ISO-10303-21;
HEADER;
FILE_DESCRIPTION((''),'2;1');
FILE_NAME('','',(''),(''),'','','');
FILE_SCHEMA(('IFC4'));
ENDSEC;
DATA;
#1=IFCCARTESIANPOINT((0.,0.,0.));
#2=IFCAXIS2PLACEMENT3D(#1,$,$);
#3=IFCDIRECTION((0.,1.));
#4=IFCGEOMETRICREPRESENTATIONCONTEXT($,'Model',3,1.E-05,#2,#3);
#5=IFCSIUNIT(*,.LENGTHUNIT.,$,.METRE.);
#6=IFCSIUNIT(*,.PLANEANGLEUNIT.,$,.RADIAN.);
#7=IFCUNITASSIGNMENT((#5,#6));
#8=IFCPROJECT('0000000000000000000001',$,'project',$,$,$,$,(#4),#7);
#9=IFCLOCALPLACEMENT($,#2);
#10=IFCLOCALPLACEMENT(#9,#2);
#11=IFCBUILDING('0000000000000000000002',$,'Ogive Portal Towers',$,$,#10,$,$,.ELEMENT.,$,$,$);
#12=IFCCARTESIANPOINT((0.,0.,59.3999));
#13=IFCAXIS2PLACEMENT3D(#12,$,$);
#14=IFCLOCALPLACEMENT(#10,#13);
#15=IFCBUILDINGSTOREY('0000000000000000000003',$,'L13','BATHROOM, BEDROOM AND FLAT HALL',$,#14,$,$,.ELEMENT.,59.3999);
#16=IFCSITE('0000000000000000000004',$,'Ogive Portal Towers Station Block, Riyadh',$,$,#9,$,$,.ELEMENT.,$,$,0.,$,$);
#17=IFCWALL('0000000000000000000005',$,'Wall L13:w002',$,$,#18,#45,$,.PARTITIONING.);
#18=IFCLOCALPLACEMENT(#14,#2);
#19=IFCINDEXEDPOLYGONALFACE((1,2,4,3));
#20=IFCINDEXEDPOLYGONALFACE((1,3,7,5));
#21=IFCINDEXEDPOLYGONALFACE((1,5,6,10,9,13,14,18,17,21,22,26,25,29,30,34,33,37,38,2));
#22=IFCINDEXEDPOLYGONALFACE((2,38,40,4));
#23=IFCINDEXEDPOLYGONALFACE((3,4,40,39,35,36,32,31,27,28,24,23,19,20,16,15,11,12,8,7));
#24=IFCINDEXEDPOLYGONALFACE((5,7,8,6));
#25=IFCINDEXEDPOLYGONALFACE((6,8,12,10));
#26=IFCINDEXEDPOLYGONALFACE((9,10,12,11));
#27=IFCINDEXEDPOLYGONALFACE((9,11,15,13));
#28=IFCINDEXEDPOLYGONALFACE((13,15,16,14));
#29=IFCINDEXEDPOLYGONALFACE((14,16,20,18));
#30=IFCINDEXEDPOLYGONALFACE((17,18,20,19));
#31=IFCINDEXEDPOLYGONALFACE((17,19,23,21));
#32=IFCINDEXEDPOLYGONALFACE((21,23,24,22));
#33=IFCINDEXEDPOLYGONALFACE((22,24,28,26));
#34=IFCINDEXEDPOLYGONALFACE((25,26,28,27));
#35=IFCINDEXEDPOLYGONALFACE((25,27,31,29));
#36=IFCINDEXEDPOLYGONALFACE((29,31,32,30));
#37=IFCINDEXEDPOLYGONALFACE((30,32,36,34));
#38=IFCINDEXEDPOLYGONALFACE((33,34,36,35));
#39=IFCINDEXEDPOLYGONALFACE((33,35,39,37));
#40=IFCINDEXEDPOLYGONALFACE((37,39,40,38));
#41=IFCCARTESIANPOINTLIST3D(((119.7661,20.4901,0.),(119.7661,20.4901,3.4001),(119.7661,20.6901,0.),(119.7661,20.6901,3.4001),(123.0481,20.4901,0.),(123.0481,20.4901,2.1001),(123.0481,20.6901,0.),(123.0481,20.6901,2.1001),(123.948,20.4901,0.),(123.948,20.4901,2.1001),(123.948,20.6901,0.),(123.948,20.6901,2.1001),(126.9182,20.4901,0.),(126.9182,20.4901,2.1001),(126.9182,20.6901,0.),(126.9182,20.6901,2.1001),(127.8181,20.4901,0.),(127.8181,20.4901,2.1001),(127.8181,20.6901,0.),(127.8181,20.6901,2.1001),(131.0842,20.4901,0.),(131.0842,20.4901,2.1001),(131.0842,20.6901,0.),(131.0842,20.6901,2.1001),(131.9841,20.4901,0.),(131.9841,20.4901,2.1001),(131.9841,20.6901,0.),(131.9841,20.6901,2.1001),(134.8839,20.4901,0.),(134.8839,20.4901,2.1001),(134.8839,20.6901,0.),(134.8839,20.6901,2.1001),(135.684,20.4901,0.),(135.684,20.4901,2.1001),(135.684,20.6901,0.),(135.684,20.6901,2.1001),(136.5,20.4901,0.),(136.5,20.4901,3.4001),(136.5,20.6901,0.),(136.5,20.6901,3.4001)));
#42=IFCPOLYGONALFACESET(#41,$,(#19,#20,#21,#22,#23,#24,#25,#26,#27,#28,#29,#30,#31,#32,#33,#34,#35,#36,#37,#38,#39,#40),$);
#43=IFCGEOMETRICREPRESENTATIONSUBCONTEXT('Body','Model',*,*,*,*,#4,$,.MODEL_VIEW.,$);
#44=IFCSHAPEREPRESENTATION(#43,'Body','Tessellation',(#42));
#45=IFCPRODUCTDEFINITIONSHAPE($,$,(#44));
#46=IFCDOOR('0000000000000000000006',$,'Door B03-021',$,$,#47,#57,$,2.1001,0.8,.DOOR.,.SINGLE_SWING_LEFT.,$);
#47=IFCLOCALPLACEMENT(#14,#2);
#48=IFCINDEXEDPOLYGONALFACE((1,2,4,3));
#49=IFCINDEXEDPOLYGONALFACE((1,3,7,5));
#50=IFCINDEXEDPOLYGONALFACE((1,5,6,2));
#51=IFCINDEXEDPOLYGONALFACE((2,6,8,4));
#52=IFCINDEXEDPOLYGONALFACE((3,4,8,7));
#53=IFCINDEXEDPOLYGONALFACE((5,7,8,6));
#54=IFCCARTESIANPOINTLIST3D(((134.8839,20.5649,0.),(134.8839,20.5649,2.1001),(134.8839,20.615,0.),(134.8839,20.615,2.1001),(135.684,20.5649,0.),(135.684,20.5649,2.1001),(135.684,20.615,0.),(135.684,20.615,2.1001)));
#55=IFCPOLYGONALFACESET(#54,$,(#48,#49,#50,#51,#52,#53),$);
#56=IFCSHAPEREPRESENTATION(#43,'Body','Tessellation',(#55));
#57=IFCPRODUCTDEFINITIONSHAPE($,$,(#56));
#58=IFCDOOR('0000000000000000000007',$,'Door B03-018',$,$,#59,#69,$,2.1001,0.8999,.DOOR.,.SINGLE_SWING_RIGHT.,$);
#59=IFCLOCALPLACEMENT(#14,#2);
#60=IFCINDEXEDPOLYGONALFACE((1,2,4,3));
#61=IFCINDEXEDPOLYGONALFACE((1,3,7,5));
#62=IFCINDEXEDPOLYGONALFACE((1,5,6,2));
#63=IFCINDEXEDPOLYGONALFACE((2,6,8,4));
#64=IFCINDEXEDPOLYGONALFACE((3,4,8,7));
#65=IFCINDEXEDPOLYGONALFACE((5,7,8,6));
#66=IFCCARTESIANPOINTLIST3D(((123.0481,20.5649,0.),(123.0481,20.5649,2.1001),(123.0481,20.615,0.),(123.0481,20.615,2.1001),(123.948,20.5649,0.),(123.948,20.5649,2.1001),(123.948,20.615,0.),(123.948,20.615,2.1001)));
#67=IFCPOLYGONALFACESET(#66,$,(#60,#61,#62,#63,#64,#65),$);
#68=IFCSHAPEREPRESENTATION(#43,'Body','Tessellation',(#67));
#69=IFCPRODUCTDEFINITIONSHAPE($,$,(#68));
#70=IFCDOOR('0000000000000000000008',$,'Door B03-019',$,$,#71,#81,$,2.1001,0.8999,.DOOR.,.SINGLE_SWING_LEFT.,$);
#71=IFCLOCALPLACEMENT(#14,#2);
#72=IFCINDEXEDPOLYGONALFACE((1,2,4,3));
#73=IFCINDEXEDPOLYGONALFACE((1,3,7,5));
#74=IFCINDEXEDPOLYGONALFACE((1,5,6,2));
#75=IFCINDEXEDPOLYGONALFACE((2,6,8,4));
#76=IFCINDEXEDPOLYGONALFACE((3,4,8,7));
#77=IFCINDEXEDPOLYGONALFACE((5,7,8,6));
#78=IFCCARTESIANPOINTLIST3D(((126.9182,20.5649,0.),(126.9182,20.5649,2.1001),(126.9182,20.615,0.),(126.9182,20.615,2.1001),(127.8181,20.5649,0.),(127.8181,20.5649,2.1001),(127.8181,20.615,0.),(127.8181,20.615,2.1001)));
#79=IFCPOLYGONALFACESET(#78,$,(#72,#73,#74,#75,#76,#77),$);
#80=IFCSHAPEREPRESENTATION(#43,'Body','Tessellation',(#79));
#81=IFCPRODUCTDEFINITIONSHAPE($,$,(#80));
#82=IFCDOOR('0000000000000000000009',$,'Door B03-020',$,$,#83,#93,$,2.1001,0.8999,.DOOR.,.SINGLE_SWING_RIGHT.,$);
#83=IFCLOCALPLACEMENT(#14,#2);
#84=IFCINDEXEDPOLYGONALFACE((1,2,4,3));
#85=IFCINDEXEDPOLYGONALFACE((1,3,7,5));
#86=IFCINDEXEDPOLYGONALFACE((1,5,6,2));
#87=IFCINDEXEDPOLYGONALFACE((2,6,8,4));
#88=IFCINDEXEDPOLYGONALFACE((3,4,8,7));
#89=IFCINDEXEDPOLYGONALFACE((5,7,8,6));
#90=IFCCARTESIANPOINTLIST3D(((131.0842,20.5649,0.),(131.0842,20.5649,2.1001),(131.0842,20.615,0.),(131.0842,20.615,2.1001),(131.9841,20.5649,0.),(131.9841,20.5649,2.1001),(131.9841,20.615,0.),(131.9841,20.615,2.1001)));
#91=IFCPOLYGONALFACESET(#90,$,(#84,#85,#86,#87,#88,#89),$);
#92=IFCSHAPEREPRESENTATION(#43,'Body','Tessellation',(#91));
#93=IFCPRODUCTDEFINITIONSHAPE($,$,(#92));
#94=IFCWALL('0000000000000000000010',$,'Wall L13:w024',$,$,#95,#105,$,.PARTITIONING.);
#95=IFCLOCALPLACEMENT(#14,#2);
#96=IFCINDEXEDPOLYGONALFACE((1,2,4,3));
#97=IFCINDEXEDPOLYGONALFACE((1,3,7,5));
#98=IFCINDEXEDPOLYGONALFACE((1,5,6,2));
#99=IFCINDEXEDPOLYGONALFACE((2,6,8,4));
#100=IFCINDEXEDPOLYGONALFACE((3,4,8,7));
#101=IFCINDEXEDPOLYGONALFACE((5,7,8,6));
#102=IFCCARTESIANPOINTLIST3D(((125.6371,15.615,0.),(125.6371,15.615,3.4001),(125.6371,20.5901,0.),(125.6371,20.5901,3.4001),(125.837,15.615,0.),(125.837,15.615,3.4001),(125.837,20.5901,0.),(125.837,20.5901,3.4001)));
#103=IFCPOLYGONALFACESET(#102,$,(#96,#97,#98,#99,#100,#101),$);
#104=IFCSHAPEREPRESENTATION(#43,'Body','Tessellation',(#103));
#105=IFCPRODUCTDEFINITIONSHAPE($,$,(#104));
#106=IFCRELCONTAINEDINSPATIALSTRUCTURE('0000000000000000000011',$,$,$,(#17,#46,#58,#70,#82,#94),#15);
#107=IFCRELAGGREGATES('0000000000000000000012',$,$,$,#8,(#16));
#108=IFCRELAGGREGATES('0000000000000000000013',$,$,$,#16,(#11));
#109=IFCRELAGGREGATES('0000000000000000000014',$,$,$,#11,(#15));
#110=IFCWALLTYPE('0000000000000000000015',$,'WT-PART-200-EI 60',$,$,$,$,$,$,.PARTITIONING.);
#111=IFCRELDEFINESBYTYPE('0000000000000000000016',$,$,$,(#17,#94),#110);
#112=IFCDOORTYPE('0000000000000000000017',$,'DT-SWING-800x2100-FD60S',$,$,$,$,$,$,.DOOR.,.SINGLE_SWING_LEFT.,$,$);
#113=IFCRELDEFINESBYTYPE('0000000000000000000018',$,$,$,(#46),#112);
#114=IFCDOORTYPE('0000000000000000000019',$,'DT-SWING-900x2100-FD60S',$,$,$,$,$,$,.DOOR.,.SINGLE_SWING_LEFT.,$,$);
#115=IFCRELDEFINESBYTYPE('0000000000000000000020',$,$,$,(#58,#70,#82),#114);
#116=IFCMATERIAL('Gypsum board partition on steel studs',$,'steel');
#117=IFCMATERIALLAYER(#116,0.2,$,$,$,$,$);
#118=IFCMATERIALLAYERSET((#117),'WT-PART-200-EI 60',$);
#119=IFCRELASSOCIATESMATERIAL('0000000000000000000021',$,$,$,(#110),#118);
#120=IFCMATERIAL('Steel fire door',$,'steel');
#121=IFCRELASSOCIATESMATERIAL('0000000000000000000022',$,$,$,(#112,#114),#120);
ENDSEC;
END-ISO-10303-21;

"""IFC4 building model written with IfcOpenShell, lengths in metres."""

from ifc_helpers import new_model, si_unit, direction, frame, frame_2d, origin, place, context, subcontext, project, spatial, rectangle, extrude, material, layer, layer_set, type_object, element, fill, save


model = new_model("IFC4")

# Units and contexts
model_context = context("Model", 3, precision=1e-05, world=origin(), true_north=direction((0.0, 1.0)))
body_context = subcontext(model_context, "Body", "Model", "MODEL_VIEW")
ifc_project = project(units=[si_unit("LENGTHUNIT", "METRE"), si_unit("PLANEANGLEUNIT", "RADIAN")], contexts=[model_context])

# Site, building, storey
site_placement = place(None, origin())
site = spatial("IfcSite", under=ifc_project, at=site_placement, Name="Ogive Portal Towers Station Block, Riyadh", CompositionType="ELEMENT", RefElevation=0.0)
building_placement = place(site_placement, origin())
building = spatial("IfcBuilding", under=site, at=building_placement, Name="Ogive Portal Towers", CompositionType="ELEMENT")
storey_placement = place(building_placement, frame((0.0, 0.0, 59.3999)))
storey = spatial("IfcBuildingStorey", under=building, at=storey_placement, Name="L13", Description="BATHROOM, BEDROOM AND FLAT HALL", CompositionType="ELEMENT", Elevation=59.3999)

# Wall, openings, doors
ifc_material_1 = material(Name="Steel fire door", Category="steel")
ifc_material_2 = material(Name="Gypsum board partition on steel studs", Category="steel")
ifc_layer_1 = layer(ifc_material_2, 0.2)
ifc_layer_set_1 = layer_set([ifc_layer_1], Name="WT-PART-200-EI 60")
wall_type_1 = type_object("IfcWallType", Name="WT-PART-200-EI 60", PredefinedType="PARTITIONING", material=ifc_layer_set_1)
wall_1_placement = place(storey_placement, frame((119.7661, 20.5901, 0.0), z_axis=(0.0, 0.0, 1.0), x_axis=(1.0, 0.0, 0.0)))
wall_1 = element("IfcWall", 1, at=wall_1_placement, inside=storey, type_object=wall_type_1, Name="Wall L13:w002", PredefinedType="PARTITIONING", context=body_context, shape_type="SweptSolid", body=[
    extrude(rectangle(XDim=16.7339, YDim=0.2, at=frame_2d((8.3669, 0.0))), origin(), (0.0, 0.0, 1.0), 3.4001),
])
opening_1_placement = place(wall_1_placement, frame((3.282, 0.0, 0.0)))
opening_1 = element("IfcOpeningElement", 2, at=opening_1_placement, cuts=wall_1, PredefinedType="OPENING", context=body_context, shape_type="SweptSolid", body=[
    extrude(rectangle(XDim=0.8999, YDim=2.1001, at=frame_2d((0.45, 1.05))), frame((0.0, 0.1099, 0.0), z_axis=(0.0, -1.0, 0.0), x_axis=(1.0, 0.0, 0.0)), (0.0, 0.0, 1.0), 0.22),
])
opening_2_placement = place(wall_1_placement, frame((7.1521, 0.0, 0.0)))
opening_2 = element("IfcOpeningElement", 3, at=opening_2_placement, cuts=wall_1, PredefinedType="OPENING", context=body_context, shape_type="SweptSolid", body=[
    extrude(rectangle(XDim=0.8999, YDim=2.1001, at=frame_2d((0.45, 1.05))), frame((0.0, 0.1099, 0.0), z_axis=(0.0, -1.0, 0.0), x_axis=(1.0, 0.0, 0.0)), (0.0, 0.0, 1.0), 0.22),
])
opening_3_placement = place(wall_1_placement, frame((11.3181, 0.0, 0.0)))
opening_3 = element("IfcOpeningElement", 4, at=opening_3_placement, cuts=wall_1, PredefinedType="OPENING", context=body_context, shape_type="SweptSolid", body=[
    extrude(rectangle(XDim=0.8999, YDim=2.1001, at=frame_2d((0.45, 1.05))), frame((0.0, 0.1099, 0.0), z_axis=(0.0, -1.0, 0.0), x_axis=(1.0, 0.0, 0.0)), (0.0, 0.0, 1.0), 0.22),
])
opening_4_placement = place(wall_1_placement, frame((15.1179, 0.0, 0.0)))
opening_4 = element("IfcOpeningElement", 5, at=opening_4_placement, cuts=wall_1, PredefinedType="OPENING", context=body_context, shape_type="SweptSolid", body=[
    extrude(rectangle(XDim=0.8, YDim=2.1001, at=frame_2d((0.3999, 1.05))), frame((0.0, 0.1099, 0.0), z_axis=(0.0, -1.0, 0.0), x_axis=(1.0, 0.0, 0.0)), (0.0, 0.0, 1.0), 0.22),
])
door_type_1 = type_object("IfcDoorType", Name="DT-SWING-800x2100-FD60S", OperationType="SINGLE_SWING_LEFT", PredefinedType="DOOR", material=ifc_material_1)
door_1_placement = place(opening_4_placement, origin())
door_1 = element("IfcDoor", 6, at=door_1_placement, inside=storey, type_object=door_type_1, Name="Door B03-021", OperationType="SINGLE_SWING_LEFT", OverallHeight=2.1001, OverallWidth=0.8, PredefinedType="DOOR", context=body_context, shape_type="SweptSolid", body=[
    extrude(rectangle(XDim=0.8, YDim=2.1001, at=frame_2d((0.3999, 1.05))), frame((0.0, 0.0249, 0.0), z_axis=(0.0, -1.0, 0.0), x_axis=(1.0, 0.0, 0.0)), (0.0, 0.0, 1.0), 0.05),
])
fill(opening_4, door_1)
door_type_2 = type_object("IfcDoorType", Name="DT-SWING-900x2100-FD60S", OperationType="SINGLE_SWING_LEFT", PredefinedType="DOOR", material=ifc_material_1)
door_2_placement = place(opening_1_placement, origin())
door_2 = element("IfcDoor", 7, at=door_2_placement, inside=storey, type_object=door_type_2, Name="Door B03-018", OperationType="SINGLE_SWING_RIGHT", OverallHeight=2.1001, OverallWidth=0.8999, PredefinedType="DOOR", context=body_context, shape_type="SweptSolid", body=[
    extrude(rectangle(XDim=0.8999, YDim=2.1001, at=frame_2d((0.45, 1.05))), frame((0.0, 0.0249, 0.0), z_axis=(0.0, -1.0, 0.0), x_axis=(1.0, 0.0, 0.0)), (0.0, 0.0, 1.0), 0.05),
])
fill(opening_1, door_2)
door_3_placement = place(opening_2_placement, origin())
door_3 = element("IfcDoor", 8, at=door_3_placement, inside=storey, type_object=door_type_2, Name="Door B03-019", OperationType="SINGLE_SWING_LEFT", OverallHeight=2.1001, OverallWidth=0.8999, PredefinedType="DOOR", context=body_context, shape_type="SweptSolid", body=[
    extrude(rectangle(XDim=0.8999, YDim=2.1001, at=frame_2d((0.45, 1.05))), frame((0.0, 0.0249, 0.0), z_axis=(0.0, -1.0, 0.0), x_axis=(1.0, 0.0, 0.0)), (0.0, 0.0, 1.0), 0.05),
])
fill(opening_2, door_3)
door_4_placement = place(opening_3_placement, origin())
door_4 = element("IfcDoor", 9, at=door_4_placement, inside=storey, type_object=door_type_2, Name="Door B03-020", OperationType="SINGLE_SWING_RIGHT", OverallHeight=2.1001, OverallWidth=0.8999, PredefinedType="DOOR", context=body_context, shape_type="SweptSolid", body=[
    extrude(rectangle(XDim=0.8999, YDim=2.1001, at=frame_2d((0.45, 1.05))), frame((0.0, 0.0249, 0.0), z_axis=(0.0, -1.0, 0.0), x_axis=(1.0, 0.0, 0.0)), (0.0, 0.0, 1.0), 0.05),
])
fill(opening_3, door_4)

# Wall
wall_2_placement = place(storey_placement, frame((125.7371, 15.615, 0.0), z_axis=(0.0, 0.0, 1.0), x_axis=(0.0, 1.0, 0.0)))
element("IfcWall", 10, at=wall_2_placement, inside=storey, type_object=wall_type_1, Name="Wall L13:w024", PredefinedType="PARTITIONING", context=body_context, shape_type="SweptSolid", body=[
    extrude(rectangle(XDim=4.9751, YDim=0.2, at=frame_2d((2.4875, 0.0))), origin(), (0.0, 0.0, 1.0), 3.4001),
])

save(model, "model.ifc")
